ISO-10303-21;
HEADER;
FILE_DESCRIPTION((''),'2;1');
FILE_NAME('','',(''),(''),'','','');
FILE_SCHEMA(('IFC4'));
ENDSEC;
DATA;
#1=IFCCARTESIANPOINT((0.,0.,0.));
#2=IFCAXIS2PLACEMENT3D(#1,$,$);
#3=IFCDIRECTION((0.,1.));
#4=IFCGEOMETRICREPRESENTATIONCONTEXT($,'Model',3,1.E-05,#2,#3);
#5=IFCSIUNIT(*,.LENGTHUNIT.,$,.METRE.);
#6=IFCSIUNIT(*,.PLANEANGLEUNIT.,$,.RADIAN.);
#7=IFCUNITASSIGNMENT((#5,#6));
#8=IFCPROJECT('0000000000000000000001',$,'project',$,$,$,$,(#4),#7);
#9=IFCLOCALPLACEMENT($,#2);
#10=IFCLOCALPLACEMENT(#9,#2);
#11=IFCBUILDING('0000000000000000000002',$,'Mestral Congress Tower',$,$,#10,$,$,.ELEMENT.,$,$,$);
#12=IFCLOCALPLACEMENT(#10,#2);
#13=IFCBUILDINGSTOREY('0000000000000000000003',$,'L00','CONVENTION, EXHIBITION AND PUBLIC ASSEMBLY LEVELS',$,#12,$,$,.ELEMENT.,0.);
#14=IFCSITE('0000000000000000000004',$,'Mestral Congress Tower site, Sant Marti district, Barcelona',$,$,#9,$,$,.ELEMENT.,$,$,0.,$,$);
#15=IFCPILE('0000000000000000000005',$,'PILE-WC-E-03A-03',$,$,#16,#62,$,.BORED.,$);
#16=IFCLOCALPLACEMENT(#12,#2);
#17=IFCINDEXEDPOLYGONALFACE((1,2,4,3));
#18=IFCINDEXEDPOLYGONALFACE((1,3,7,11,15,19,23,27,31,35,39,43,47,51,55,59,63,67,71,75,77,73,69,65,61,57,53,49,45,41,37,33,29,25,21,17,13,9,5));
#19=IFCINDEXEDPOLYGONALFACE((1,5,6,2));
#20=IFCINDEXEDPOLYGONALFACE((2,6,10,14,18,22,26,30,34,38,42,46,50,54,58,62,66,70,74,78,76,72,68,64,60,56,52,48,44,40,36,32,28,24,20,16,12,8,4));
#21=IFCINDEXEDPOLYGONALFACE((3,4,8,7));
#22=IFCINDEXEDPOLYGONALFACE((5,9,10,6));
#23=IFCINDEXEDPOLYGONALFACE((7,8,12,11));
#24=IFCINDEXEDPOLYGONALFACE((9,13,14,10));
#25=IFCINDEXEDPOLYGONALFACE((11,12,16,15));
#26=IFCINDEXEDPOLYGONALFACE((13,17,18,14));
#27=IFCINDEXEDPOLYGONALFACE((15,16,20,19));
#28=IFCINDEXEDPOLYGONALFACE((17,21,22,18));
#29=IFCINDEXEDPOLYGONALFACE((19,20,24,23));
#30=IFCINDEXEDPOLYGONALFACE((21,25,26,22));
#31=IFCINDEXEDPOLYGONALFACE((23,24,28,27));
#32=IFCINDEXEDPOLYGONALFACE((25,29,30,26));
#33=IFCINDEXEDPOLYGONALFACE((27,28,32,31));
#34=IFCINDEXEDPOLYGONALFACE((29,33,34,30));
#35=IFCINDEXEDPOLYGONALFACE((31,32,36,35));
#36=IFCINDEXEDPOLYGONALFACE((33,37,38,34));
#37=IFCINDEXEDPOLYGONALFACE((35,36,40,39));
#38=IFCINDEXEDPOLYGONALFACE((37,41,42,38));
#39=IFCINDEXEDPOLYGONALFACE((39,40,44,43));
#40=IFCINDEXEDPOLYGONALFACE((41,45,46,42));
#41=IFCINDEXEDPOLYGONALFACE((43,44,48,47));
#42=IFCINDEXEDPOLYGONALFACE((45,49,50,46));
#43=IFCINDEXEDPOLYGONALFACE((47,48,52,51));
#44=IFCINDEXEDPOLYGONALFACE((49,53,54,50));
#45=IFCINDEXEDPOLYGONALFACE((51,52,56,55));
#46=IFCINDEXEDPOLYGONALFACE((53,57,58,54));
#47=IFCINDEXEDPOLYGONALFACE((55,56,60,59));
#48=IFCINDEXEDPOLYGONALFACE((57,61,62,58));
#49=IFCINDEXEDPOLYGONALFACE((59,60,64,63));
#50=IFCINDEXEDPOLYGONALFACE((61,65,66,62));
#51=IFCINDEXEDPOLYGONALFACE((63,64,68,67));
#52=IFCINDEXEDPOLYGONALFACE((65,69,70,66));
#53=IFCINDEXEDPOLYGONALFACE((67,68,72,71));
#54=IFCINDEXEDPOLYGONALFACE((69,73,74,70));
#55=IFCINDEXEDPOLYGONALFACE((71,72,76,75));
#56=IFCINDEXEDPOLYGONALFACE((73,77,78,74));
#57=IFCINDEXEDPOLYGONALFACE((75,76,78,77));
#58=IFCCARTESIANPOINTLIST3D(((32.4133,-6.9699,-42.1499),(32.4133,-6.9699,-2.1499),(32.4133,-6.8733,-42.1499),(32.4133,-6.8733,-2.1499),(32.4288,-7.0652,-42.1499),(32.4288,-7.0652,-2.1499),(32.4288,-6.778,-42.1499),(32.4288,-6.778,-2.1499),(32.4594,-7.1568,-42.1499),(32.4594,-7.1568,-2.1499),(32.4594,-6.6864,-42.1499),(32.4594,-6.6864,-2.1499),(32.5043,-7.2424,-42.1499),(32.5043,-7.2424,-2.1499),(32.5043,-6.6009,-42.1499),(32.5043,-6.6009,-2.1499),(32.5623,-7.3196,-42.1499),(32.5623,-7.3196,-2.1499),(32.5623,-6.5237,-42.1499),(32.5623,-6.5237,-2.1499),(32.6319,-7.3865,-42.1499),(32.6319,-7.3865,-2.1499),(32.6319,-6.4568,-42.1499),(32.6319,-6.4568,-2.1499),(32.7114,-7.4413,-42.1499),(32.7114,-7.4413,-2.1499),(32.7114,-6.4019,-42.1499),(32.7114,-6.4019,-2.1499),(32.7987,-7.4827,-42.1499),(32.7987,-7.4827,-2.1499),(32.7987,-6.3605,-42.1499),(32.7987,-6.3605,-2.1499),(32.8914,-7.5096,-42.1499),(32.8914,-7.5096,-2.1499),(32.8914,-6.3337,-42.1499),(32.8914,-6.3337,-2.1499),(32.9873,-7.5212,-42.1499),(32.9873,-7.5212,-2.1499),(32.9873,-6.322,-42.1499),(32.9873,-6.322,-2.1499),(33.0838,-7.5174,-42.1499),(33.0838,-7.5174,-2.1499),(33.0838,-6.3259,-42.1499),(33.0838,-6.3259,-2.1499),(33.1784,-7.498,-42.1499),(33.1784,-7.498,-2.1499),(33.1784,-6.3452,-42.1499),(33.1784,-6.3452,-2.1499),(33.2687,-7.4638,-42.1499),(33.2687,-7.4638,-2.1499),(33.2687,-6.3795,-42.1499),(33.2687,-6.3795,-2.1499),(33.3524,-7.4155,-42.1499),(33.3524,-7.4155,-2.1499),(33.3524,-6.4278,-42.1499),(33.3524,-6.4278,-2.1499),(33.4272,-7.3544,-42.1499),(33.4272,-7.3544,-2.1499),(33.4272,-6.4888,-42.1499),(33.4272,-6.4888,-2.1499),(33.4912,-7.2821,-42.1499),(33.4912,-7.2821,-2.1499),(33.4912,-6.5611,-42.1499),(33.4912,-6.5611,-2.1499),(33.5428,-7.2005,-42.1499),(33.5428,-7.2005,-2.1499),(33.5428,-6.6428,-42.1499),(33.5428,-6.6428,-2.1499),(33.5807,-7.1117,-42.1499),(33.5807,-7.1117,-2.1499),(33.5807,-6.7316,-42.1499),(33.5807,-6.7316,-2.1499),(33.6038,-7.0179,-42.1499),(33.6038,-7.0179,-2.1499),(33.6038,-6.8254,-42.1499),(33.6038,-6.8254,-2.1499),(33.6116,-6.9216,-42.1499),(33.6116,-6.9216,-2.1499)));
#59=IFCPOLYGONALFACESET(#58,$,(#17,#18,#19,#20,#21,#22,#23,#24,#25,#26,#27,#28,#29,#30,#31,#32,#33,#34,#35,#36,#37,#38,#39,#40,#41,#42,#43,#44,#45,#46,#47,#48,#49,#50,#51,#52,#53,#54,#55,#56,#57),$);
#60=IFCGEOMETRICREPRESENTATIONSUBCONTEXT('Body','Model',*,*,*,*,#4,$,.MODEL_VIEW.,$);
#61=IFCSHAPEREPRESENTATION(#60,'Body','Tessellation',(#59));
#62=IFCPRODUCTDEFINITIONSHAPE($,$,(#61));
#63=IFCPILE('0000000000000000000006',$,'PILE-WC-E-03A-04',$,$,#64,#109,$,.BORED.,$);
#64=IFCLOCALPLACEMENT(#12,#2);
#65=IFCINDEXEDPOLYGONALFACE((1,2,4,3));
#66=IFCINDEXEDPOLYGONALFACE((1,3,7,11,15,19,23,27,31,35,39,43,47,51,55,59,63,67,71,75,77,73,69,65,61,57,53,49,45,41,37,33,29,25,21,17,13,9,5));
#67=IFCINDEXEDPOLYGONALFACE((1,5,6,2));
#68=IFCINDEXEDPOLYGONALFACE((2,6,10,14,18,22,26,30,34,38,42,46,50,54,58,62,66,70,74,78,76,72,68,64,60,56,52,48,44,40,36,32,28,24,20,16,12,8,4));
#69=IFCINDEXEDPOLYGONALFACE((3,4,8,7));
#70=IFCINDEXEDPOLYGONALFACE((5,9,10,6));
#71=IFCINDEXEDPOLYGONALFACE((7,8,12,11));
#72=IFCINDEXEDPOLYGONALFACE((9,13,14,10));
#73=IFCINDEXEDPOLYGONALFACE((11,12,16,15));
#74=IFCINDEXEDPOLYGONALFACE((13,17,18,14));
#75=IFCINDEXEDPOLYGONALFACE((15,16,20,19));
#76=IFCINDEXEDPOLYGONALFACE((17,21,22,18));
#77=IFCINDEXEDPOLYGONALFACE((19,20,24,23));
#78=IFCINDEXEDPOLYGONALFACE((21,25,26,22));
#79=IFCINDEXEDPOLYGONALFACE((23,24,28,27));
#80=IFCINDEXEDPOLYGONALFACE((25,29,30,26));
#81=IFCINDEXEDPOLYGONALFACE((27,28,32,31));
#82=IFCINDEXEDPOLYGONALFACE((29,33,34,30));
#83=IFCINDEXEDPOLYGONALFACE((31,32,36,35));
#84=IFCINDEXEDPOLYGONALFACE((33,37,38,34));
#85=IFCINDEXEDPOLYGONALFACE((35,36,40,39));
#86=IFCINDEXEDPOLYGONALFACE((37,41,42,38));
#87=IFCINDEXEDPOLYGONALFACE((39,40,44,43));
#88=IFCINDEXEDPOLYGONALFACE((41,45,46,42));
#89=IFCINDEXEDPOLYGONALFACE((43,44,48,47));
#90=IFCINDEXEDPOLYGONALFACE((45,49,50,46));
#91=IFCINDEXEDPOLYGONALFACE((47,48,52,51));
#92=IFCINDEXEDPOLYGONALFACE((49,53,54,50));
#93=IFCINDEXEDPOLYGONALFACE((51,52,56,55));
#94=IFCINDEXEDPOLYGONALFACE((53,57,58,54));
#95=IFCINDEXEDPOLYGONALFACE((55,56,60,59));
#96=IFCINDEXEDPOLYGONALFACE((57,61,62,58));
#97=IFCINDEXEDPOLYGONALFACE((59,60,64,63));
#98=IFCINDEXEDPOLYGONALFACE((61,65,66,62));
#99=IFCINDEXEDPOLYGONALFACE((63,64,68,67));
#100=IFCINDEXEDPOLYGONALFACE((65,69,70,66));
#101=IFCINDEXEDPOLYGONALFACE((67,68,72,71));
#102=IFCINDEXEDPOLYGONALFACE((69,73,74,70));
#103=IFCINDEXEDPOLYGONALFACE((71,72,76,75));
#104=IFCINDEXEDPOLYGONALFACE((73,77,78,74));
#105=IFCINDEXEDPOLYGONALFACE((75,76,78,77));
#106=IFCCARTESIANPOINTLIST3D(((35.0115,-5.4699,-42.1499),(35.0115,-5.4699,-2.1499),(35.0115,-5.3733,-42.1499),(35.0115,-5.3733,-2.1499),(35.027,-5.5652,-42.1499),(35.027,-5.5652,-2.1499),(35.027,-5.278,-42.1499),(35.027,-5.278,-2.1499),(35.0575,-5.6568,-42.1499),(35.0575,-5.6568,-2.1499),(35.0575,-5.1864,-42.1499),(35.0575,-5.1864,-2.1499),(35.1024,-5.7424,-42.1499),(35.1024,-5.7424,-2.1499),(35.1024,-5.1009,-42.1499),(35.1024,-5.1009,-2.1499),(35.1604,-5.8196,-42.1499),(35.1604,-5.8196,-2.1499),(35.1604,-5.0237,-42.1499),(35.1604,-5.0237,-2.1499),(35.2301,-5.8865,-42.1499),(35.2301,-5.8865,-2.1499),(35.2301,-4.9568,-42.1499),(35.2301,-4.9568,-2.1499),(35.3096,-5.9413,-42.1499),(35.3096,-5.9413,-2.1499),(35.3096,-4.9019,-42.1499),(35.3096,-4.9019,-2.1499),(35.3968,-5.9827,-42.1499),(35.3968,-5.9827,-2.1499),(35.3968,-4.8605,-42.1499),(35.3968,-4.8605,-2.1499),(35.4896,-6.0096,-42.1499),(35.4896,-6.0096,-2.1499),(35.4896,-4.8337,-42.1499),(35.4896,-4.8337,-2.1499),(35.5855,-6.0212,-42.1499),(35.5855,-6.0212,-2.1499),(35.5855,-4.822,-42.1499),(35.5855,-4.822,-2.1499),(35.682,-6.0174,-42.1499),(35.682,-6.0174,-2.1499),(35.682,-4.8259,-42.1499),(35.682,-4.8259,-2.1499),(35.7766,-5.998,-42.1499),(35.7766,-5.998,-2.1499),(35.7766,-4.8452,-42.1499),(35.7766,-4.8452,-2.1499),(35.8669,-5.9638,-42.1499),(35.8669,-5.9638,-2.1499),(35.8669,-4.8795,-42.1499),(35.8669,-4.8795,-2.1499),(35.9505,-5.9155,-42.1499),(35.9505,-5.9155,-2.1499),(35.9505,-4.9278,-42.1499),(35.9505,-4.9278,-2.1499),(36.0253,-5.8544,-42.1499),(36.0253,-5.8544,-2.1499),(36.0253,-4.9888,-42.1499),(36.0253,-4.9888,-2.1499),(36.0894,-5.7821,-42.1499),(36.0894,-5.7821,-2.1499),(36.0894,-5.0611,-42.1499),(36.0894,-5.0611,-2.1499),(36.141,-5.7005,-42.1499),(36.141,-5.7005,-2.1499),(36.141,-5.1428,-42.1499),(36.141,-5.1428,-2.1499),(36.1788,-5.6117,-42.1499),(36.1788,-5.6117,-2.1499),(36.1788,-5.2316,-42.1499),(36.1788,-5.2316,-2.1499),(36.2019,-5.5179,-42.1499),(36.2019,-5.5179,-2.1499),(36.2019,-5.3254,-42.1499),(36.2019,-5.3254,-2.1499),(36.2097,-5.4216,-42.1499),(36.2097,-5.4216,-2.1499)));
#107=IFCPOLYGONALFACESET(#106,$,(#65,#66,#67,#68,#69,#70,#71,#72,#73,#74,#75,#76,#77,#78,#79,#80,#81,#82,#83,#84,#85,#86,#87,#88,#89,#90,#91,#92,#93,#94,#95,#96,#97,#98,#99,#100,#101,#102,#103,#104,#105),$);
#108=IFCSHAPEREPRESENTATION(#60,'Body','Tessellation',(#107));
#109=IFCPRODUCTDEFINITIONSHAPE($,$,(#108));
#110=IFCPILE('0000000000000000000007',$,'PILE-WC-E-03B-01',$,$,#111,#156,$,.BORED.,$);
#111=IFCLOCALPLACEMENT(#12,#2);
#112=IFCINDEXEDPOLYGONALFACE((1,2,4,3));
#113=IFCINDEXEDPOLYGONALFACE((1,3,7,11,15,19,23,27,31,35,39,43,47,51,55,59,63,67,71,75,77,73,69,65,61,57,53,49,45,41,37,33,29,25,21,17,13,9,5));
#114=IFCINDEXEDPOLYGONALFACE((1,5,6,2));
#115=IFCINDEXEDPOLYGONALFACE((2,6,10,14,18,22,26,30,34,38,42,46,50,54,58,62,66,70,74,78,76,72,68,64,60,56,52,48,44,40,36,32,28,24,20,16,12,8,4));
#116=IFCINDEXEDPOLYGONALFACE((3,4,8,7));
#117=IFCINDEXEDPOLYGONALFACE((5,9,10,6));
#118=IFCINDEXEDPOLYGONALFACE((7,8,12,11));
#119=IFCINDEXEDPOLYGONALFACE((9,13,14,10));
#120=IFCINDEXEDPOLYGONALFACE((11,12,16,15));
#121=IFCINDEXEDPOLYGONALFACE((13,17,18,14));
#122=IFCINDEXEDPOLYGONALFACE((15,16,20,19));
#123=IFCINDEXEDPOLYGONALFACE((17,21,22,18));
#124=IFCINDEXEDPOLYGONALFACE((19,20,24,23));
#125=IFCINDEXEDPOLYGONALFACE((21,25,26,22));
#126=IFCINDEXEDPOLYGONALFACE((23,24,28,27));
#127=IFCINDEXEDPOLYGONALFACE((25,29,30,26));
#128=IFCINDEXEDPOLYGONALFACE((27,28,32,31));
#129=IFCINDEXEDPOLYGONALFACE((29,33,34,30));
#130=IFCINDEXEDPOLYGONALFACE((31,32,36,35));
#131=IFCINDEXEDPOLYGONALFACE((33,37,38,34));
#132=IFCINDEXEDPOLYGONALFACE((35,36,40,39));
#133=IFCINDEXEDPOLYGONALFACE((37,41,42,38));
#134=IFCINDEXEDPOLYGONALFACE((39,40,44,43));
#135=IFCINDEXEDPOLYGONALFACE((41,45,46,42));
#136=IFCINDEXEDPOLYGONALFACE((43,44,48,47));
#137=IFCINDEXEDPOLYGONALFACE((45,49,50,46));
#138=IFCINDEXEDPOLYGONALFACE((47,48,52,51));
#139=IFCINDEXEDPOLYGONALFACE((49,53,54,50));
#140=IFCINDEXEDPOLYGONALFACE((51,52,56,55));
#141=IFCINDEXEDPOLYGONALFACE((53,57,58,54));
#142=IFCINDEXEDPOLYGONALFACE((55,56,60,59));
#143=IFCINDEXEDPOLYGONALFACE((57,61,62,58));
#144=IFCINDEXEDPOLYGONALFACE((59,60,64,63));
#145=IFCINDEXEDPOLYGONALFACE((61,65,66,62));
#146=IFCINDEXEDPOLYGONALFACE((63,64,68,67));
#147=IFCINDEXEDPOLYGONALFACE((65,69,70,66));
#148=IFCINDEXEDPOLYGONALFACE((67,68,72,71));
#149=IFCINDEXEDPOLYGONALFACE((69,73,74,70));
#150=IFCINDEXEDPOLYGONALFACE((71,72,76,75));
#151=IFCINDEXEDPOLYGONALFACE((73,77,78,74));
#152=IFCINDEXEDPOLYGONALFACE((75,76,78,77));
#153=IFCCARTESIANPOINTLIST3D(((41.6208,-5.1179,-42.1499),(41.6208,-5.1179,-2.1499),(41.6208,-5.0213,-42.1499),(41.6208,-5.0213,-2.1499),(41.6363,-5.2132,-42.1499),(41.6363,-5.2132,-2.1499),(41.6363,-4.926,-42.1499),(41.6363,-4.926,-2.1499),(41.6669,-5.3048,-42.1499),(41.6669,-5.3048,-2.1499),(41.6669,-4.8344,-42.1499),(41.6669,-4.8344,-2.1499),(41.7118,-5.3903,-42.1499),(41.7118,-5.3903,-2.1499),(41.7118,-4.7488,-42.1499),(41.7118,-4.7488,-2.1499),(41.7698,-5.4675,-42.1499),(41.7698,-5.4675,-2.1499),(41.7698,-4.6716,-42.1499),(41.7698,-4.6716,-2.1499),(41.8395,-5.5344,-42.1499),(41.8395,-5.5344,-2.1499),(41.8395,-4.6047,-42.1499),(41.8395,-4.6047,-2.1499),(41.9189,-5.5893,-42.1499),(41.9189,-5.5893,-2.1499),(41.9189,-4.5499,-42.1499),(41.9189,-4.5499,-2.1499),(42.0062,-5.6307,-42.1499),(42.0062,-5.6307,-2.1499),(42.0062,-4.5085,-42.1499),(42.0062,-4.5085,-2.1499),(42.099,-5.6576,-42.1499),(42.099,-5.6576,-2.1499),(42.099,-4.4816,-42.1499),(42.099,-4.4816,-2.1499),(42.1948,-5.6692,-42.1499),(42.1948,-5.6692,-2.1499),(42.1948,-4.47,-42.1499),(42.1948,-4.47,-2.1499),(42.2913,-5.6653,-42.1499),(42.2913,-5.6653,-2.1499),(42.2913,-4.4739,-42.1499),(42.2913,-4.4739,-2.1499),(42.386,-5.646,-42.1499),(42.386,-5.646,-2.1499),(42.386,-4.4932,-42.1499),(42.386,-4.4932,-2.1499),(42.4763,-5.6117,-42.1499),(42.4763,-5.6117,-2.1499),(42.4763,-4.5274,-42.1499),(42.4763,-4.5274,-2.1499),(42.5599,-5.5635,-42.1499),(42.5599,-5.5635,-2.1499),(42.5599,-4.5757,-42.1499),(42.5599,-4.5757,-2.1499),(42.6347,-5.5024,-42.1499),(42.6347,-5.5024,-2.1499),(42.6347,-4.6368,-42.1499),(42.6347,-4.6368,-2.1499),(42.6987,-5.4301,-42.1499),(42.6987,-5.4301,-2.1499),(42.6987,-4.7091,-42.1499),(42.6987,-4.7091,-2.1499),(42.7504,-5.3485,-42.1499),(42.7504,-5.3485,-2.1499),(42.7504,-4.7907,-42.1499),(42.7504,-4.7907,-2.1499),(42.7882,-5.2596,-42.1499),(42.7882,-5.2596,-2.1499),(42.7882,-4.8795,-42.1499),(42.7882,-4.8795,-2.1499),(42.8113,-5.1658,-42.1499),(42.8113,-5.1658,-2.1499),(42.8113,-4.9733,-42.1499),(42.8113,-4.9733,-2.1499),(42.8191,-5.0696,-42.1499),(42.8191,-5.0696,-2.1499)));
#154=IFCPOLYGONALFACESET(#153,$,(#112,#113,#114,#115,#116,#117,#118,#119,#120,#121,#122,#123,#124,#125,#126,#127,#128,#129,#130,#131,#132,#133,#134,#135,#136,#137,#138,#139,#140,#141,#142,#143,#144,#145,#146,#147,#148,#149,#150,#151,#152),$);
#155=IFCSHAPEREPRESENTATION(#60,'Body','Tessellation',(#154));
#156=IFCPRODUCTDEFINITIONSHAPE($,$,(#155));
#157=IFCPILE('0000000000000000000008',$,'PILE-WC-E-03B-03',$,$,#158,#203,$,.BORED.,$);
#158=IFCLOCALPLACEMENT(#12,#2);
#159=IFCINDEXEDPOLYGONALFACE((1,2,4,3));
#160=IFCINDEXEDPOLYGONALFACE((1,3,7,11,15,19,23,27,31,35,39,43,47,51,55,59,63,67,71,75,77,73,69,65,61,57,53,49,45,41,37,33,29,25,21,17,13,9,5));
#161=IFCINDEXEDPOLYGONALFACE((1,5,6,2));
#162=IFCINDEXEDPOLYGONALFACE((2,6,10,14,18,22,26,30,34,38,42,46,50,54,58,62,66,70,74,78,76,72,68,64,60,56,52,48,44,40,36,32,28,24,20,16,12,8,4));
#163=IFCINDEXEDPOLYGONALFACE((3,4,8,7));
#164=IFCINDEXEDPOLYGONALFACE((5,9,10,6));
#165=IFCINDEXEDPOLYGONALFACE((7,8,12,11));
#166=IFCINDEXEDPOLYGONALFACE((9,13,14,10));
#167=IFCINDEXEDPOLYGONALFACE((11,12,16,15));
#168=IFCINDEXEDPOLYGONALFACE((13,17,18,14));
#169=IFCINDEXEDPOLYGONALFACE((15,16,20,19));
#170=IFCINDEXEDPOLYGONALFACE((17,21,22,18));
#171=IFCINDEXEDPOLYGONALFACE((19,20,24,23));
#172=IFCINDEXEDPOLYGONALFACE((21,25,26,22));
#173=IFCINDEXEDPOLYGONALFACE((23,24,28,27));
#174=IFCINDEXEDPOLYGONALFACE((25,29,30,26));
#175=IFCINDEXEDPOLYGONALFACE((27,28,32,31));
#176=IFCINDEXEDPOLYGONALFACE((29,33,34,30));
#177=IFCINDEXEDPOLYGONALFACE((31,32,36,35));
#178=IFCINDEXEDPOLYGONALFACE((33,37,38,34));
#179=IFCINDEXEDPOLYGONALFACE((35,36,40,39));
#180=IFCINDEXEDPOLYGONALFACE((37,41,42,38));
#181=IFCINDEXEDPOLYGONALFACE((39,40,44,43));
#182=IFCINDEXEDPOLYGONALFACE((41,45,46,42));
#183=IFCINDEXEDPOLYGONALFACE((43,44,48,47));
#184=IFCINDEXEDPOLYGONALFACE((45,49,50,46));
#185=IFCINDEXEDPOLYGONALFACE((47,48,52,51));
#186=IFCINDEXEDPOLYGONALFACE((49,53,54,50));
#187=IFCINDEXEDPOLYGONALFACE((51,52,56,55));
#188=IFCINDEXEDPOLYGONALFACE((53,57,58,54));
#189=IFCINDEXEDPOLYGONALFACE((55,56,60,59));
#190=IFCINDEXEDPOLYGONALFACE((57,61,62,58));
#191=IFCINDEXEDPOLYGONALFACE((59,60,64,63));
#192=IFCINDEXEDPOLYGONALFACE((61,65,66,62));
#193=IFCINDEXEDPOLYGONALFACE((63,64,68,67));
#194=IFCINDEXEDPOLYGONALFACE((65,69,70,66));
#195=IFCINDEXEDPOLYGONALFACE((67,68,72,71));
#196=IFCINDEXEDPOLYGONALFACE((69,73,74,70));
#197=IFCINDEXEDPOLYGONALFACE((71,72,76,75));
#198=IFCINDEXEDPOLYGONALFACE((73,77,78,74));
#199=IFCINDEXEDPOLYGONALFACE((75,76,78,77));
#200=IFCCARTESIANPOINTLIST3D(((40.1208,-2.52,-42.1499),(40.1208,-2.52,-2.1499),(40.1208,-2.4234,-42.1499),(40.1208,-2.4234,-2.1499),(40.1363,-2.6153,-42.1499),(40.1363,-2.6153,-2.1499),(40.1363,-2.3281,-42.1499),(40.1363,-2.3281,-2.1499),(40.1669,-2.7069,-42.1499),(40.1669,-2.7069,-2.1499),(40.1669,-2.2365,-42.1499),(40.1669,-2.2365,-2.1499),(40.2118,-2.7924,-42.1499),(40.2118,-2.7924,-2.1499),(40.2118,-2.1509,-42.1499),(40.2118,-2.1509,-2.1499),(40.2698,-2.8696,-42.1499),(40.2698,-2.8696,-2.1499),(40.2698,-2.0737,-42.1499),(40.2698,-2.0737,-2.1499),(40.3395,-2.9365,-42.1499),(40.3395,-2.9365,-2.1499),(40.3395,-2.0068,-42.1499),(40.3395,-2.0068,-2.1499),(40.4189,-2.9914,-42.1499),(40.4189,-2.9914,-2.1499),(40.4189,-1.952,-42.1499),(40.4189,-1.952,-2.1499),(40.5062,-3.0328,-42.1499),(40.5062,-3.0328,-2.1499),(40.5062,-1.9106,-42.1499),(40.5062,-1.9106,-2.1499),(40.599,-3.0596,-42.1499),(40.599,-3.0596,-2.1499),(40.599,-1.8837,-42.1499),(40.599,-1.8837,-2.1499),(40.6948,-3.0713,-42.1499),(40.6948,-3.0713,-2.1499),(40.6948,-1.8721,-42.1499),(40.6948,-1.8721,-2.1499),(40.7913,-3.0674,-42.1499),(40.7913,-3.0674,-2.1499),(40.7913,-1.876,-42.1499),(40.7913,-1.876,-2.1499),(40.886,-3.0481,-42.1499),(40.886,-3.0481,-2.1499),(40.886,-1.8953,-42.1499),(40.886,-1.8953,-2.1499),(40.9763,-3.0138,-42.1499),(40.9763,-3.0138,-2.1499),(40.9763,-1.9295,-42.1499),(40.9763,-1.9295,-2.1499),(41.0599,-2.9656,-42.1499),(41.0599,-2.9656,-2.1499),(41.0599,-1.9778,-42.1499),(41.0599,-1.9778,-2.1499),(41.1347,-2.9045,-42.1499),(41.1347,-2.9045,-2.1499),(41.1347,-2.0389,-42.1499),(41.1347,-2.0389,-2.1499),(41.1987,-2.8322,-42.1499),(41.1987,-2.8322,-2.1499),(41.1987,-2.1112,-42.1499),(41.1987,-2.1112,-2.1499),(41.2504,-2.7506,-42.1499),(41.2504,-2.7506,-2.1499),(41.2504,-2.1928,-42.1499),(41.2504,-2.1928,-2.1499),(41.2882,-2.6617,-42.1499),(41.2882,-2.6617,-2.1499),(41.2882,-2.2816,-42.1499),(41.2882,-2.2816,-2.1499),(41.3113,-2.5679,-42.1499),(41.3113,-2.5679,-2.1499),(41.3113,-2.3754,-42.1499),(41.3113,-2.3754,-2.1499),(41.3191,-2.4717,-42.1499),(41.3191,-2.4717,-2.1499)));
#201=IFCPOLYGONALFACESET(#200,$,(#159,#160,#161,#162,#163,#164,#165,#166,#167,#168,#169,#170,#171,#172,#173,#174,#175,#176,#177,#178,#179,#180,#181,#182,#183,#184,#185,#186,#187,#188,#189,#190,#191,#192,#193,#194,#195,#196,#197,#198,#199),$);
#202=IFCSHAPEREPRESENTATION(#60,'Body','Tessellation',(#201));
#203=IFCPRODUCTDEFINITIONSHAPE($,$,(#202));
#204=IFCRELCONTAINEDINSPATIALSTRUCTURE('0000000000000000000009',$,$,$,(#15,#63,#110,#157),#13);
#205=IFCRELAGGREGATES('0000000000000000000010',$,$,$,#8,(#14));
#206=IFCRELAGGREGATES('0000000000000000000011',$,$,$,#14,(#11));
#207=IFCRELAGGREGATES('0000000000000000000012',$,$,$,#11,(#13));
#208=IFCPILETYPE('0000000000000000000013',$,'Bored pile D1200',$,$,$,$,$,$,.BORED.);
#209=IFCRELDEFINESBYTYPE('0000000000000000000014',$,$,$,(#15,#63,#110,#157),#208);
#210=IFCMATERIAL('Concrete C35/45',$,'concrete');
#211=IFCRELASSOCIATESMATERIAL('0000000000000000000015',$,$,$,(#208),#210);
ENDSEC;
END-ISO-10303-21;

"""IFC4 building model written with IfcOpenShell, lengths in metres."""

from ifc_helpers import new_model, si_unit, direction, frame, origin, origin_2d, place, context, subcontext, project, spatial, circle, extrude, material, material_profile, profile_set, type_object, element, save


model = new_model("IFC4")

# Units and contexts
model_context = context("Model", 3, precision=1e-05, world=origin(), true_north=direction((0.0, 1.0)))
body_context = subcontext(model_context, "Body", "Model", "MODEL_VIEW")
ifc_project = project(units=[si_unit("LENGTHUNIT", "METRE"), si_unit("PLANEANGLEUNIT", "RADIAN")], contexts=[model_context])

# Site, building, storey
site_placement = place(None, origin())
site = spatial("IfcSite", under=ifc_project, at=site_placement, Name="Mestral Congress Tower site, Sant Marti district, Barcelona", CompositionType="ELEMENT", RefElevation=0.0)
building_placement = place(site_placement, origin())
building = spatial("IfcBuilding", under=site, at=building_placement, Name="Mestral Congress Tower", CompositionType="ELEMENT")
storey_placement = place(building_placement, origin())
storey = spatial("IfcBuildingStorey", under=building, at=storey_placement, Name="L00", Description="CONVENTION, EXHIBITION AND PUBLIC ASSEMBLY LEVELS", CompositionType="ELEMENT", Elevation=0.0)

# Piles
ifc_material_1 = material(Name="Concrete C35/45", Category="concrete")
ifc_material_profile_1 = material_profile(ifc_material_1, circle(Radius=0.6001, at=origin_2d()), Name="D1200")
ifc_profile_set_1 = profile_set([ifc_material_profile_1], Name="Concrete C35/45")
pile_type_1 = type_object("IfcPileType", Name="Bored pile D1200", PredefinedType="BORED", material=ifc_profile_set_1)
for number, where, z_axis, x_axis, name in (
    (1, (33.0115, -6.9216, -2.1499), (0.0, 0.0, -1.0), (1.0, 0.0, 0.0), "PILE-WC-E-03A-03"),
    (2, (35.6096, -5.4216, -2.1499), (0.0, 0.0, -1.0), (1.0, 0.0, 0.0), "PILE-WC-E-03A-04"),
    (3, (42.219, -5.0696, -2.1499), (0.0, 0.0, -1.0), (1.0, 0.0, 0.0), "PILE-WC-E-03B-01"),
    (4, (40.719, -2.4717, -2.1499), (0.0, 0.0, -1.0), (1.0, 0.0, 0.0), "PILE-WC-E-03B-03"),
):
    element("IfcPile", number, at=place(storey_placement, frame(where, z_axis=z_axis, x_axis=x_axis)), inside=storey, type_object=pile_type_1, Name=name, PredefinedType="BORED", context=body_context, shape_type="SweptSolid", body=[
        extrude(circle(Radius=0.6001, at=origin_2d()), origin(), (0.0, 0.0, 1.0), 40.0),
    ])

save(model, "model.ifc")
